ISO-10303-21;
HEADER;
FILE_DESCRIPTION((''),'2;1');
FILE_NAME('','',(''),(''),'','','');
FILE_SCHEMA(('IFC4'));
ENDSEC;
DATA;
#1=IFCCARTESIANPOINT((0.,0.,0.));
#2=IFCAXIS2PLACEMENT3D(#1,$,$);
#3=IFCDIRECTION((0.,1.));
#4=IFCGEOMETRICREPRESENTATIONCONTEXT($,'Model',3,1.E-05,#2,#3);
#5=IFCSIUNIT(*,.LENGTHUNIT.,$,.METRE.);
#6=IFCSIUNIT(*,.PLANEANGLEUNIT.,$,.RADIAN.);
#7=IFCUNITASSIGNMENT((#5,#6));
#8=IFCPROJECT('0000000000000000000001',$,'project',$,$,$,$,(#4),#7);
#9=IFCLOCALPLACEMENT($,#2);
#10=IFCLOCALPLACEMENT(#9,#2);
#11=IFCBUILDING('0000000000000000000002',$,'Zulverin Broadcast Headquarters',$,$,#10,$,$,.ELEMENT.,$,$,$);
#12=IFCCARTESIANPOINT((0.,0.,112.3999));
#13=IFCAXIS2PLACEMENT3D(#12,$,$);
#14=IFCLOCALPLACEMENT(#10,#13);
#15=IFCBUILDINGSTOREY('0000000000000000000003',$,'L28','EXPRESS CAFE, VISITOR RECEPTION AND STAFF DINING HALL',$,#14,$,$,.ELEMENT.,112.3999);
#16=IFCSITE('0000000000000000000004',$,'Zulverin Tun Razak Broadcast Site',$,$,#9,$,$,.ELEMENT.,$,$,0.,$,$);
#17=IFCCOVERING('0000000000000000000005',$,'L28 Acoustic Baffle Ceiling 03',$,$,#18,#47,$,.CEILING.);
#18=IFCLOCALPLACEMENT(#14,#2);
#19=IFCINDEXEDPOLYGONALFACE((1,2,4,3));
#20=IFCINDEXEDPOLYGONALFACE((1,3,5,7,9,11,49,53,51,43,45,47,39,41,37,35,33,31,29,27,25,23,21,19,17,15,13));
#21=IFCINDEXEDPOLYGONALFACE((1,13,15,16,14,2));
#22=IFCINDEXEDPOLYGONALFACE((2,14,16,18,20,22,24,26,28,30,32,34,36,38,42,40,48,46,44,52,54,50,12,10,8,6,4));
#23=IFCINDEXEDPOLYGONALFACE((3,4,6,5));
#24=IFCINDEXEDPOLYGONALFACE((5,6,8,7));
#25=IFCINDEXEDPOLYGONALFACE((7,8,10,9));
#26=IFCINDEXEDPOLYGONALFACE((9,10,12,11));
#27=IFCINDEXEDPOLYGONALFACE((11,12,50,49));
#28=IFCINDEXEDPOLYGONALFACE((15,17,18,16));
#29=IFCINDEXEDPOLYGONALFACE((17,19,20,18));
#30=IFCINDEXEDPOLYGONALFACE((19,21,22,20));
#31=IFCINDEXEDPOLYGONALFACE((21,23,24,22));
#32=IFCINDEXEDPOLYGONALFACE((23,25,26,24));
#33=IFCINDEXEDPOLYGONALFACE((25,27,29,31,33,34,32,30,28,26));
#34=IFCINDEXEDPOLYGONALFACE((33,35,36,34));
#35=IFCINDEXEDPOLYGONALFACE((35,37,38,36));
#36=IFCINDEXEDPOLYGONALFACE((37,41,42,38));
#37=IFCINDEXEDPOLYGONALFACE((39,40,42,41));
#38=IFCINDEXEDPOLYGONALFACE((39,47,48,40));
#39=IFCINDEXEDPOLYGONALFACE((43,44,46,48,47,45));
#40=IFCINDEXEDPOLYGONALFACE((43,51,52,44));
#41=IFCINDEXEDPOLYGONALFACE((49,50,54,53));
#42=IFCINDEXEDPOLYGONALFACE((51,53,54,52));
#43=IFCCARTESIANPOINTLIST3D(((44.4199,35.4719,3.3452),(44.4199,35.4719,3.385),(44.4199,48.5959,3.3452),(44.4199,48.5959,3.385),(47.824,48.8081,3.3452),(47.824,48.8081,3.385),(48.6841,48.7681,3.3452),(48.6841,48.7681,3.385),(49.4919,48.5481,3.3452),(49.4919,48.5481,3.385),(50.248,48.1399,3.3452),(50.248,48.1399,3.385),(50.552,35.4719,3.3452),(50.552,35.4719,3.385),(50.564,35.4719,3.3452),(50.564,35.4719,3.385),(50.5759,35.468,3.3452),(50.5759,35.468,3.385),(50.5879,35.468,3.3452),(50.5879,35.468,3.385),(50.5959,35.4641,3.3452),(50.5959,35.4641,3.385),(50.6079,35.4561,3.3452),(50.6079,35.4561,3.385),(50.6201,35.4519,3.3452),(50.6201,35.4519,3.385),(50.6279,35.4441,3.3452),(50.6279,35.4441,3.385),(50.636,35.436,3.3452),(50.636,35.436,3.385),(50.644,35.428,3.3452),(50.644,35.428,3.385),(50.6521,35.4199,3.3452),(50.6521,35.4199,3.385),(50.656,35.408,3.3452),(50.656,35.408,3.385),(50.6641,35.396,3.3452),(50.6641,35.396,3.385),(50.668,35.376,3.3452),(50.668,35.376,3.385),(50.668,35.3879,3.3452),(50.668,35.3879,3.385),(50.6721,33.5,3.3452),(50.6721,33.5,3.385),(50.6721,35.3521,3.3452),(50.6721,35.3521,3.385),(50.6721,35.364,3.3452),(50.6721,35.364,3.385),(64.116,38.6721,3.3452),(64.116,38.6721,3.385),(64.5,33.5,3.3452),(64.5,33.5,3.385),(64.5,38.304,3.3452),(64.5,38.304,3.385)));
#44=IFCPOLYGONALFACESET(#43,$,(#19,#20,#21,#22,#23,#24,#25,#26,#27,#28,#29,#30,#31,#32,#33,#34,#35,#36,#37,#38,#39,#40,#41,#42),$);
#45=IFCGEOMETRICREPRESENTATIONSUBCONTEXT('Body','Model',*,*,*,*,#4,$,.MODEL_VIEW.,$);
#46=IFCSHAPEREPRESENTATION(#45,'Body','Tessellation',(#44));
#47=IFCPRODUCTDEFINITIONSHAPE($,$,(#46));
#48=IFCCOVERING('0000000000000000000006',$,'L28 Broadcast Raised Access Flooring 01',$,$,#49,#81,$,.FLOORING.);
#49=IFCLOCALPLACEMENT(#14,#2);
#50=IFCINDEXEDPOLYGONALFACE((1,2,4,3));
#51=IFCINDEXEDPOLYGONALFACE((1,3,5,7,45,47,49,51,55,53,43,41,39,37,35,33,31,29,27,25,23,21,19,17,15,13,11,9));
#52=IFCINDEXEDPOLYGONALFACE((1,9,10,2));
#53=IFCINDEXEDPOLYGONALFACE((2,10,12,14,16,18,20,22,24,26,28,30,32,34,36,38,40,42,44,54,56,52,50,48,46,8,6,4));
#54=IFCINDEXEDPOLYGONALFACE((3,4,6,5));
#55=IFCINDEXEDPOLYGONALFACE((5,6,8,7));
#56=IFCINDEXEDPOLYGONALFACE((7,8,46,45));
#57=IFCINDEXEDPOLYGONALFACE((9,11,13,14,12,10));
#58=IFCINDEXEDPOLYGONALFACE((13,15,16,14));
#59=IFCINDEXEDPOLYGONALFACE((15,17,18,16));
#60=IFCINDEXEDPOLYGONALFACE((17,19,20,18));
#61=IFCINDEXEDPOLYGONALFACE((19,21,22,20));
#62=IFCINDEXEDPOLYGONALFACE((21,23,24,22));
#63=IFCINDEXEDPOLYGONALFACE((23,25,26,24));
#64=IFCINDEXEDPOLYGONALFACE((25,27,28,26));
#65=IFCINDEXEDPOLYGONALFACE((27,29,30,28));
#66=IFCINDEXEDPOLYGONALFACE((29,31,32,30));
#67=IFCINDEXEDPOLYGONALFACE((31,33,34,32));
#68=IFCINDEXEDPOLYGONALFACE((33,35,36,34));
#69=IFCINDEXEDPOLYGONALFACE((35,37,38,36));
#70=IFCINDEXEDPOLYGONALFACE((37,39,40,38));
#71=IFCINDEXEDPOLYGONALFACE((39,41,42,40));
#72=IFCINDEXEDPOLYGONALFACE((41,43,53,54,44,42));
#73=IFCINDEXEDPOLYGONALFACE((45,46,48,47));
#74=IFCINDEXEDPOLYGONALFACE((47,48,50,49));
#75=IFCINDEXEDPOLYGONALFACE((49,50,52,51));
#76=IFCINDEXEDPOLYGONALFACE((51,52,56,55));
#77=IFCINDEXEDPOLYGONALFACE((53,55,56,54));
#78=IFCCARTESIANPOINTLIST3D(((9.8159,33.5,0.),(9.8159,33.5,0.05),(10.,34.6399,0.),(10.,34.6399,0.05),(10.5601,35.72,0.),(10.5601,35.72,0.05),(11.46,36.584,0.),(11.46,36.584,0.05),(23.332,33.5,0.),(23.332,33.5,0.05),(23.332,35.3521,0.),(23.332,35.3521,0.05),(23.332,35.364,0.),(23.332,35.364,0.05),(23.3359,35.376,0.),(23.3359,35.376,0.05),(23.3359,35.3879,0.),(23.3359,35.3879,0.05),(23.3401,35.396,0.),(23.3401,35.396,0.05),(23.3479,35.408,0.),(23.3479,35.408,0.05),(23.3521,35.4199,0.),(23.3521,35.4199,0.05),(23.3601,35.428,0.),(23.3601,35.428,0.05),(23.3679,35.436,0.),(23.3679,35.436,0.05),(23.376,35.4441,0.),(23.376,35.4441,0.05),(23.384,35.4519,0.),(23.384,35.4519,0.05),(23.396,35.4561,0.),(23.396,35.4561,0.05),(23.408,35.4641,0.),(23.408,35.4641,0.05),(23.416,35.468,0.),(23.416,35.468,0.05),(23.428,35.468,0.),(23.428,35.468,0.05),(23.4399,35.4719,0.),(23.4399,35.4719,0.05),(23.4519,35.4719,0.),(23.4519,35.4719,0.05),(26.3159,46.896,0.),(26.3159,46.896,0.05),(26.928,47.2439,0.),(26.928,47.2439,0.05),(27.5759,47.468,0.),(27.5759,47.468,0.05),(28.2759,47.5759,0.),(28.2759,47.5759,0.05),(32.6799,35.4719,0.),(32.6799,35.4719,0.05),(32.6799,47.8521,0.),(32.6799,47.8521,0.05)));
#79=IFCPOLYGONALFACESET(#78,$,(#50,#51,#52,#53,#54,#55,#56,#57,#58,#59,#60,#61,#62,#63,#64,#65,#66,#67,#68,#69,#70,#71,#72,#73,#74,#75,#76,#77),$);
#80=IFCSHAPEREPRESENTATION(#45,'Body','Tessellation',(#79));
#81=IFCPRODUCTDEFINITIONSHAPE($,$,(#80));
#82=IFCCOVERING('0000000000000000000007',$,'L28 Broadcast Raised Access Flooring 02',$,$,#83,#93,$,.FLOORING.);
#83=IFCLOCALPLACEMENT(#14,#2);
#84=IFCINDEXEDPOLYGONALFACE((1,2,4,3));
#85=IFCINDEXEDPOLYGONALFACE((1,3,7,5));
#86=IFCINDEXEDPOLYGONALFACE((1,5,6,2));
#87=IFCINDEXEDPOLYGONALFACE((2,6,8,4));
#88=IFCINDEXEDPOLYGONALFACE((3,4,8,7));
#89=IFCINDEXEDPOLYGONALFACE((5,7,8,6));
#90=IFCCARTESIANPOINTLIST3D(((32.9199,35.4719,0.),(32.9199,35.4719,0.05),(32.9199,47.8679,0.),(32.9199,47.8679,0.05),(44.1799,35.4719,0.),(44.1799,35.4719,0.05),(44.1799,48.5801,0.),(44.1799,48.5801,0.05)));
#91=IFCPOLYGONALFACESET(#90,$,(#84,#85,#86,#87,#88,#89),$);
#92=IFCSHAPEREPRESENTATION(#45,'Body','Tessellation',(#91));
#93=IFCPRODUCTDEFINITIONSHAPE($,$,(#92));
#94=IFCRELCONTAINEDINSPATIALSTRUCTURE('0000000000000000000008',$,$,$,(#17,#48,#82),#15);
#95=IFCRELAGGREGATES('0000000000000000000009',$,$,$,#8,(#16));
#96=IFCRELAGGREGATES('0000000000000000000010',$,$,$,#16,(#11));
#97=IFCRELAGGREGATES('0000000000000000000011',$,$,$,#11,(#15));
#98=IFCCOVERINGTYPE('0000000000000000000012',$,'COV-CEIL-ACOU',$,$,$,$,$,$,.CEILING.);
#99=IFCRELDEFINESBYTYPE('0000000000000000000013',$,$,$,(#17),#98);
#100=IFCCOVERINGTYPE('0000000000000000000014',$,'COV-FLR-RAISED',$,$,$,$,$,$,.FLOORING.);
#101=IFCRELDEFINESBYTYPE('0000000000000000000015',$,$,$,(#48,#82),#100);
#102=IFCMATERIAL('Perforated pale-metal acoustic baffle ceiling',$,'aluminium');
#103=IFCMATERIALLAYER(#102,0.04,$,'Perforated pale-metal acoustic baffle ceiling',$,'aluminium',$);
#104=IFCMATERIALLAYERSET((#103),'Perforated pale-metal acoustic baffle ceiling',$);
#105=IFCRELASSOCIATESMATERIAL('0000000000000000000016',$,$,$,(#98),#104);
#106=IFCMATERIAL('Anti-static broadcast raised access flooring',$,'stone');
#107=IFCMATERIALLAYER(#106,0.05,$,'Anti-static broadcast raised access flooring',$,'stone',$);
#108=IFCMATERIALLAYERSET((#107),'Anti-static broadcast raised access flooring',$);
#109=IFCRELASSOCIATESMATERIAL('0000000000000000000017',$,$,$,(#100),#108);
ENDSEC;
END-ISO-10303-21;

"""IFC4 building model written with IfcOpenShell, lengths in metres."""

from ifc_helpers import new_model, si_unit, direction, frame, origin, place, context, subcontext, project, spatial, polyline, outline, extrude, material, layer, layer_set, type_object, element, save


model = new_model("IFC4")

# Units and contexts
model_context = context("Model", 3, precision=1e-05, world=origin(), true_north=direction((0.0, 1.0)))
body_context = subcontext(model_context, "Body", "Model", "MODEL_VIEW")
ifc_project = project(units=[si_unit("LENGTHUNIT", "METRE"), si_unit("PLANEANGLEUNIT", "RADIAN")], contexts=[model_context])

# Site, building, storey
site_placement = place(None, origin())
site = spatial("IfcSite", under=ifc_project, at=site_placement, Name="Zulverin Tun Razak Broadcast Site", CompositionType="ELEMENT", RefElevation=0.0)
building_placement = place(site_placement, origin())
building = spatial("IfcBuilding", under=site, at=building_placement, Name="Zulverin Broadcast Headquarters", CompositionType="ELEMENT")
storey_placement = place(building_placement, frame((0.0, 0.0, 112.3999)))
storey = spatial("IfcBuildingStorey", under=building, at=storey_placement, Name="L28", Description="EXPRESS CAFE, VISITOR RECEPTION AND STAFF DINING HALL", CompositionType="ELEMENT", Elevation=112.3999)

# Coverings
ifc_material_1 = material(Name="Perforated pale-metal acoustic baffle ceiling", Category="aluminium")
ifc_layer_1 = layer(ifc_material_1, 0.04, Name="Perforated pale-metal acoustic baffle ceiling", Category="aluminium")
ifc_layer_set_1 = layer_set([ifc_layer_1], Name="Perforated pale-metal acoustic baffle ceiling")
covering_type_1 = type_object("IfcCoveringType", Name="COV-CEIL-ACOU", PredefinedType="CEILING", material=ifc_layer_set_1)
covering_1_placement = place(storey_placement, frame((0.0, 0.0, 3.3452)))
element("IfcCovering", 1, at=covering_1_placement, inside=storey, type_object=covering_type_1, Name="L28 Acoustic Baffle Ceiling 03", PredefinedType="CEILING", context=body_context, shape_type="SweptSolid", body=[
    extrude(outline(polyline([(64.5, 38.304), (64.116, 38.6721), (50.248, 48.1399), (49.4919, 48.5481), (48.6841, 48.7681), (47.824, 48.8081), (44.4199, 48.5959), (44.4199, 35.4719), (50.552, 35.4719), (50.564, 35.4719), (50.5759, 35.468), (50.5879, 35.468), (50.5959, 35.4641), (50.6079, 35.4561), (50.6201, 35.4519), (50.6279, 35.4441), (50.636, 35.436), (50.644, 35.428), (50.6521, 35.4199), (50.656, 35.408), (50.6641, 35.396), (50.668, 35.3879), (50.668, 35.376), (50.6721, 35.364), (50.6721, 35.3521), (50.6721, 33.5), (64.5, 33.5), (64.5, 38.304)])), origin(), (0.0, 0.0, 1.0), 0.0398),
])
ifc_material_2 = material(Name="Anti-static broadcast raised access flooring", Category="stone")
ifc_layer_2 = layer(ifc_material_2, 0.05, Name="Anti-static broadcast raised access flooring", Category="stone")
ifc_layer_set_2 = layer_set([ifc_layer_2], Name="Anti-static broadcast raised access flooring")
covering_type_2 = type_object("IfcCoveringType", Name="COV-FLR-RAISED", PredefinedType="FLOORING", material=ifc_layer_set_2)
covering_2_placement = place(storey_placement, origin())
element("IfcCovering", 2, at=covering_2_placement, inside=storey, type_object=covering_type_2, Name="L28 Broadcast Raised Access Flooring 01", PredefinedType="FLOORING", context=body_context, shape_type="SweptSolid", body=[
    extrude(outline(polyline([(11.46, 36.584), (10.5601, 35.72), (10.0, 34.6399), (9.8159, 33.5), (23.332, 33.5), (23.332, 35.3521), (23.332, 35.364), (23.3359, 35.376), (23.3359, 35.3879), (23.3401, 35.396), (23.3479, 35.408), (23.3521, 35.4199), (23.3601, 35.428), (23.3679, 35.436), (23.376, 35.4441), (23.384, 35.4519), (23.396, 35.4561), (23.408, 35.4641), (23.416, 35.468), (23.428, 35.468), (23.4399, 35.4719), (23.4519, 35.4719), (32.6799, 35.4719), (32.6799, 47.8521), (28.2759, 47.5759), (27.5759, 47.468), (26.928, 47.2439), (26.3159, 46.896), (11.46, 36.584)])), origin(), (0.0, 0.0, 1.0), 0.05),
])
covering_3_placement = place(storey_placement, origin())
element("IfcCovering", 3, at=covering_3_placement, inside=storey, type_object=covering_type_2, Name="L28 Broadcast Raised Access Flooring 02", PredefinedType="FLOORING", context=body_context, shape_type="SweptSolid", body=[
    extrude(outline(polyline([(44.1799, 35.4719), (44.1799, 48.5801), (32.9199, 47.8679), (32.9199, 35.4719), (44.1799, 35.4719)])), origin(), (0.0, 0.0, 1.0), 0.05),
])

save(model, "model.ifc")
